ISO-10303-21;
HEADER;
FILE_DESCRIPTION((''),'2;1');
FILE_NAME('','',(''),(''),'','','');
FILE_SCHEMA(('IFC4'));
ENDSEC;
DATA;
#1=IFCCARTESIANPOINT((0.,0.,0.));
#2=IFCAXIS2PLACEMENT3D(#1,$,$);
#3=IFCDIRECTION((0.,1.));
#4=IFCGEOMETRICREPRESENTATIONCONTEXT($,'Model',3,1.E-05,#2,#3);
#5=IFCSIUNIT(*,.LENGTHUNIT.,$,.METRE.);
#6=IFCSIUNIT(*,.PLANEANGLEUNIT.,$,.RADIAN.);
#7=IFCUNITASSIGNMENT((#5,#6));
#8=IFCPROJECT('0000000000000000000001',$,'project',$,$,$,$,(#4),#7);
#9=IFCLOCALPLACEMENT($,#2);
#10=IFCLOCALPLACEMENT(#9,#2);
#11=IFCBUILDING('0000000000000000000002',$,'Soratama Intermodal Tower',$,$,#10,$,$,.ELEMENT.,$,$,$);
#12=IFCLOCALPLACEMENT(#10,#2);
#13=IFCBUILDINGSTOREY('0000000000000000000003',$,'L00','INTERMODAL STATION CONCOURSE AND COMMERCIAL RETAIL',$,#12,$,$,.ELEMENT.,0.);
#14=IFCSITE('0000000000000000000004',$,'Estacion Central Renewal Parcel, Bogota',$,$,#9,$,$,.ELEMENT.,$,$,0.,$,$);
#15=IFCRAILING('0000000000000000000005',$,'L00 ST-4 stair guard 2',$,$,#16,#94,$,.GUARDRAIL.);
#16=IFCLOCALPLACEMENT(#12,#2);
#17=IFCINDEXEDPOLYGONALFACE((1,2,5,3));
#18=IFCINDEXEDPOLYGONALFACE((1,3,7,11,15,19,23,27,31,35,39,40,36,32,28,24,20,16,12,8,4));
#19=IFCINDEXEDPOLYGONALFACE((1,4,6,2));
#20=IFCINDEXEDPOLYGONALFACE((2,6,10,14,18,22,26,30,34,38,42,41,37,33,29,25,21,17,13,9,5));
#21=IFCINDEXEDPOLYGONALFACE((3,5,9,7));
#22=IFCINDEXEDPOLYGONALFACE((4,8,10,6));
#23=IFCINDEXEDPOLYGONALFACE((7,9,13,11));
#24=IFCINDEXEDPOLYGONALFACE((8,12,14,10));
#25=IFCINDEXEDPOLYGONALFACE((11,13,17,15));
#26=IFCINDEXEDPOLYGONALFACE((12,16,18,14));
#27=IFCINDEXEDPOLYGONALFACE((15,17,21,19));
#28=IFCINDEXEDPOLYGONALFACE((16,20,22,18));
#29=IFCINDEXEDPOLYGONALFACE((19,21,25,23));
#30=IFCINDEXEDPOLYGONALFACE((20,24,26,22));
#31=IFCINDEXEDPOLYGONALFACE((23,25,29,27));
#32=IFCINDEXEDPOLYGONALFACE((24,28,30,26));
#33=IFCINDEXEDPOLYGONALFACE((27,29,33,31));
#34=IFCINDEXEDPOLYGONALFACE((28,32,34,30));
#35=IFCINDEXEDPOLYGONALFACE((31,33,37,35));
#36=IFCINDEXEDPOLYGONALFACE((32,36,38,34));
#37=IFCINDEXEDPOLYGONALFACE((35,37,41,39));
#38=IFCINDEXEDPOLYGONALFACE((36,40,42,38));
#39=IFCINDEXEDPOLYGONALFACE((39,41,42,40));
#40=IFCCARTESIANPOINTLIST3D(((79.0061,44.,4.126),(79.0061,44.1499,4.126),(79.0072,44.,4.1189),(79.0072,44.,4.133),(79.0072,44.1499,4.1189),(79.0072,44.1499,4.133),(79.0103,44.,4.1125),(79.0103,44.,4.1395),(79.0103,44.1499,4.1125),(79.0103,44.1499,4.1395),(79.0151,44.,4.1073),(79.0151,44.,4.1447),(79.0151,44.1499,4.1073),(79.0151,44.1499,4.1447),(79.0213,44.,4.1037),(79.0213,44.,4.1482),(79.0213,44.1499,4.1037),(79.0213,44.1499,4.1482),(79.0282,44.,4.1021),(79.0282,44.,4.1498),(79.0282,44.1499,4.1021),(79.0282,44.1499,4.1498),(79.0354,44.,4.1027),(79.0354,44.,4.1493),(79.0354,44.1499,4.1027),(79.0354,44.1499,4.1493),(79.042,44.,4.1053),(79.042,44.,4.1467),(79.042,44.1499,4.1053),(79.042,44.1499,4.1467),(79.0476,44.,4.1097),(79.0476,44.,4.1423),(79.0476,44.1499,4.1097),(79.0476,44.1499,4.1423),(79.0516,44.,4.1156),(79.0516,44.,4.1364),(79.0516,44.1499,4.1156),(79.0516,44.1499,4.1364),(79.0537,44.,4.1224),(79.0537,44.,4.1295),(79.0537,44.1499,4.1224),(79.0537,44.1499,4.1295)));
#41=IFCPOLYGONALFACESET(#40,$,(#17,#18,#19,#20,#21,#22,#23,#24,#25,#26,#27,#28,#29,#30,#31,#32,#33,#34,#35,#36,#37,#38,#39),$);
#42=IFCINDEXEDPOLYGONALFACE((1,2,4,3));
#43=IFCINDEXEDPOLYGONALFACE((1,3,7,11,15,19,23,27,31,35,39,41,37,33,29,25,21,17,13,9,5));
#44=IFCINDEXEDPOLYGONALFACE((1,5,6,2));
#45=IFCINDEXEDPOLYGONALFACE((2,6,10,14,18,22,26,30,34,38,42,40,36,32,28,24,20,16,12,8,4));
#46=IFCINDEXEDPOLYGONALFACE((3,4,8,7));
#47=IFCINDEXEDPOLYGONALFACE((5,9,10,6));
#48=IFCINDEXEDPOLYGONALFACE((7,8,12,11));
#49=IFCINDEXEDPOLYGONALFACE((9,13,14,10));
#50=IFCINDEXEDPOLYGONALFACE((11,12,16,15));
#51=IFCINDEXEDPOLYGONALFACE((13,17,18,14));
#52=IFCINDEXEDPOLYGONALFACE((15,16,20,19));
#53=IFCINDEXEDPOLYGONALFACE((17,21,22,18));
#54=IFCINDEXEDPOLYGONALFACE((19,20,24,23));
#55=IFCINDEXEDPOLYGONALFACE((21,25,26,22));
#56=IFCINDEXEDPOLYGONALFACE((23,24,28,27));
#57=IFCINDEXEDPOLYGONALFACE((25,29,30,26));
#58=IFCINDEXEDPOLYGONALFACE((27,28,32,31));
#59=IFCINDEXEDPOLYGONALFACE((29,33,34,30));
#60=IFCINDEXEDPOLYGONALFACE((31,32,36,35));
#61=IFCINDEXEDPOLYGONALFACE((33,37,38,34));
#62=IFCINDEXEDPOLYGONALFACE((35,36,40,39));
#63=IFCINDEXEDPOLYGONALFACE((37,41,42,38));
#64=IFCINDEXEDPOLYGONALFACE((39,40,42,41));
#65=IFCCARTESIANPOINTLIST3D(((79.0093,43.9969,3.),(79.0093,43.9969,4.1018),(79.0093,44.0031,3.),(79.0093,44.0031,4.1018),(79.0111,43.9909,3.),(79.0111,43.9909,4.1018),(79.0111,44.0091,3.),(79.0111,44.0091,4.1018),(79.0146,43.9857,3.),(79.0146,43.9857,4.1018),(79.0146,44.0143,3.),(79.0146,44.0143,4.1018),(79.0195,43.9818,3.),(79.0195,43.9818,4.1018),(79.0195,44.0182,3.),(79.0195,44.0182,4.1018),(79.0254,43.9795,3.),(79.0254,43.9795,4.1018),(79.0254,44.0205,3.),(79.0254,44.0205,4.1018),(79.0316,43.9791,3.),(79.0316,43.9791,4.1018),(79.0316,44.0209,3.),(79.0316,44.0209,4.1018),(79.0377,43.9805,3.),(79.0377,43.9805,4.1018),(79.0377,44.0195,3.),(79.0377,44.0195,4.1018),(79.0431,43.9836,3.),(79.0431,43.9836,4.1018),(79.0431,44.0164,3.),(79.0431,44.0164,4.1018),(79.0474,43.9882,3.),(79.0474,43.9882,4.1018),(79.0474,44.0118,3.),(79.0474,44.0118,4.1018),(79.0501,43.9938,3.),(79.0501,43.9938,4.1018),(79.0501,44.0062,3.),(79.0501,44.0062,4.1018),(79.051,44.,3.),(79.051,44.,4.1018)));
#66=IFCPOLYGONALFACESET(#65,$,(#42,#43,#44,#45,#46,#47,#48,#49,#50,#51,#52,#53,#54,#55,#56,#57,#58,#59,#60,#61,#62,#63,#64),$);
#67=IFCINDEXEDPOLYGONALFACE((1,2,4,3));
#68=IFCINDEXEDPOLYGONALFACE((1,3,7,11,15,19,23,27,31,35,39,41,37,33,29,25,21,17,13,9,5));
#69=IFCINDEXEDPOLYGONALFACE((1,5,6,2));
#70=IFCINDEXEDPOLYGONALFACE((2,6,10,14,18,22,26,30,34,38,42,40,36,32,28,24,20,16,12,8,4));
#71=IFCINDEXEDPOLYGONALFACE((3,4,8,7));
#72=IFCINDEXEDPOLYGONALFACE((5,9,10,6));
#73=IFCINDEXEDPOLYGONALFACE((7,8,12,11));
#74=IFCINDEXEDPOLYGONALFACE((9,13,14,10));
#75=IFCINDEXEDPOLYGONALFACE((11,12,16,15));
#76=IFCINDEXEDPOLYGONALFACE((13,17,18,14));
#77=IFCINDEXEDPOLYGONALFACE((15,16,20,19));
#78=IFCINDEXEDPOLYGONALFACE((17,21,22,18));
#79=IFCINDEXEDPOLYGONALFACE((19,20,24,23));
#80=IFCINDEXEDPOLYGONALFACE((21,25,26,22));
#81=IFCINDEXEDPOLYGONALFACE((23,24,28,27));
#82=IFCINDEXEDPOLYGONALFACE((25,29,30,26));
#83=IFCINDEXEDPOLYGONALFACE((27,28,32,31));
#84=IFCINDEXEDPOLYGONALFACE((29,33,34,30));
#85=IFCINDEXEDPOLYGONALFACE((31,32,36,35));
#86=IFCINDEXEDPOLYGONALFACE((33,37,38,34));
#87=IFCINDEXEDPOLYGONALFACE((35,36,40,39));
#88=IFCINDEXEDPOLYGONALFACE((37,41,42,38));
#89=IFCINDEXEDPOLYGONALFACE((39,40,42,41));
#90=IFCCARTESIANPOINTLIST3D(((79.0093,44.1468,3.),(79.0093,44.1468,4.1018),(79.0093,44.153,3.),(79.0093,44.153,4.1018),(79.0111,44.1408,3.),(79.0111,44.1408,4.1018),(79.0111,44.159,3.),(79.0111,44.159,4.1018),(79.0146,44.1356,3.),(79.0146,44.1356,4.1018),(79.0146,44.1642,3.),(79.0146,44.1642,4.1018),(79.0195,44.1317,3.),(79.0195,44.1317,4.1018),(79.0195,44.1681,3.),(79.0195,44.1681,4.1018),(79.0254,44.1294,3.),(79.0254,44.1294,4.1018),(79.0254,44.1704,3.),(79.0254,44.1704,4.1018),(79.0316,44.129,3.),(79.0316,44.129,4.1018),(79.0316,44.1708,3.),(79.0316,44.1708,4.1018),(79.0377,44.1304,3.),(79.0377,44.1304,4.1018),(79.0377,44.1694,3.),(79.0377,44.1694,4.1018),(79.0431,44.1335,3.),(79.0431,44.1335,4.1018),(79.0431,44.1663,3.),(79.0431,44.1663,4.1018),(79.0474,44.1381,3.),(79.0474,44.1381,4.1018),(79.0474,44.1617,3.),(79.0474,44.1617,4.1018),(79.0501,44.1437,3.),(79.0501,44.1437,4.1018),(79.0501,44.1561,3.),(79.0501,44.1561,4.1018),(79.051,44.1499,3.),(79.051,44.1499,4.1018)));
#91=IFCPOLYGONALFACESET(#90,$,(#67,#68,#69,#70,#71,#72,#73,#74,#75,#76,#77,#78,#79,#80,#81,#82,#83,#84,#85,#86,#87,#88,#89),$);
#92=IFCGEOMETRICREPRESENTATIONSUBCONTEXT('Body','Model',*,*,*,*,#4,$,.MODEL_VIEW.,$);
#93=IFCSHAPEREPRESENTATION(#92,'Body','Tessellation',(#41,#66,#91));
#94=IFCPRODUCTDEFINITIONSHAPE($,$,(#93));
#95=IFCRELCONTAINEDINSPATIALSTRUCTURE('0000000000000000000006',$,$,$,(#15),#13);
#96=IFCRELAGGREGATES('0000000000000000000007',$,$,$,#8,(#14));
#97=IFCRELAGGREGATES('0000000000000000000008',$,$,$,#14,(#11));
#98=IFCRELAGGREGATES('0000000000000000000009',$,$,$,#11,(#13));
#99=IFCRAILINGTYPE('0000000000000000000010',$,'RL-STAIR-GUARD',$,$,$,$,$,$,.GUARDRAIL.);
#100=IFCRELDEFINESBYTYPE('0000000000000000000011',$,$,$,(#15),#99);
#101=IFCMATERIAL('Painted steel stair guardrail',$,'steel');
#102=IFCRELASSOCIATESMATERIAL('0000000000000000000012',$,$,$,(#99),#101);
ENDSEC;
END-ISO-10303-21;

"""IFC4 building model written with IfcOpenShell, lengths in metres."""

from ifc_helpers import new_model, si_unit, direction, frame, origin, origin_2d, place, context, subcontext, project, spatial, circle, extrude, material, type_object, element, save


model = new_model("IFC4")

# Units and contexts
model_context = context("Model", 3, precision=1e-05, world=origin(), true_north=direction((0.0, 1.0)))
body_context = subcontext(model_context, "Body", "Model", "MODEL_VIEW")
ifc_project = project(units=[si_unit("LENGTHUNIT", "METRE"), si_unit("PLANEANGLEUNIT", "RADIAN")], contexts=[model_context])

# Site, building, storey
site_placement = place(None, origin())
site = spatial("IfcSite", under=ifc_project, at=site_placement, Name="Estacion Central Renewal Parcel, Bogota", CompositionType="ELEMENT", RefElevation=0.0)
building_placement = place(site_placement, origin())
building = spatial("IfcBuilding", under=site, at=building_placement, Name="Soratama Intermodal Tower", CompositionType="ELEMENT")
storey_placement = place(building_placement, origin())
storey = spatial("IfcBuildingStorey", under=building, at=storey_placement, Name="L00", Description="INTERMODAL STATION CONCOURSE AND COMMERCIAL RETAIL", CompositionType="ELEMENT", Elevation=0.0)

# Railing
ifc_material_1 = material(Name="Painted steel stair guardrail", Category="steel")
railing_type_1 = type_object("IfcRailingType", Name="RL-STAIR-GUARD", PredefinedType="GUARDRAIL", material=ifc_material_1)
railing_1_placement = place(storey_placement, frame((79.03, 44.0, 3.0)))
element("IfcRailing", 1, at=railing_1_placement, inside=storey, type_object=railing_type_1, Name="L00 ST-4 stair guard 2", PredefinedType="GUARDRAIL", context=body_context, shape_type="SweptSolid", body=[
    extrude(circle(Radius=0.0239, at=origin_2d()), frame((0.0, 0.0, 1.126), z_axis=(0.0, 1.0, 0.0), x_axis=(-1.0, 0.0, 0.0)), (0.0, 0.0, 1.0), 0.1499),
    extrude(circle(Radius=0.021, at=origin_2d()), origin(), (0.0, 0.0, 1.0), 1.1018),
    extrude(circle(Radius=0.021, at=origin_2d()), frame((0.0, 0.1499, 0.0)), (0.0, 0.0, 1.0), 1.1018),
])

save(model, "model.ifc")
